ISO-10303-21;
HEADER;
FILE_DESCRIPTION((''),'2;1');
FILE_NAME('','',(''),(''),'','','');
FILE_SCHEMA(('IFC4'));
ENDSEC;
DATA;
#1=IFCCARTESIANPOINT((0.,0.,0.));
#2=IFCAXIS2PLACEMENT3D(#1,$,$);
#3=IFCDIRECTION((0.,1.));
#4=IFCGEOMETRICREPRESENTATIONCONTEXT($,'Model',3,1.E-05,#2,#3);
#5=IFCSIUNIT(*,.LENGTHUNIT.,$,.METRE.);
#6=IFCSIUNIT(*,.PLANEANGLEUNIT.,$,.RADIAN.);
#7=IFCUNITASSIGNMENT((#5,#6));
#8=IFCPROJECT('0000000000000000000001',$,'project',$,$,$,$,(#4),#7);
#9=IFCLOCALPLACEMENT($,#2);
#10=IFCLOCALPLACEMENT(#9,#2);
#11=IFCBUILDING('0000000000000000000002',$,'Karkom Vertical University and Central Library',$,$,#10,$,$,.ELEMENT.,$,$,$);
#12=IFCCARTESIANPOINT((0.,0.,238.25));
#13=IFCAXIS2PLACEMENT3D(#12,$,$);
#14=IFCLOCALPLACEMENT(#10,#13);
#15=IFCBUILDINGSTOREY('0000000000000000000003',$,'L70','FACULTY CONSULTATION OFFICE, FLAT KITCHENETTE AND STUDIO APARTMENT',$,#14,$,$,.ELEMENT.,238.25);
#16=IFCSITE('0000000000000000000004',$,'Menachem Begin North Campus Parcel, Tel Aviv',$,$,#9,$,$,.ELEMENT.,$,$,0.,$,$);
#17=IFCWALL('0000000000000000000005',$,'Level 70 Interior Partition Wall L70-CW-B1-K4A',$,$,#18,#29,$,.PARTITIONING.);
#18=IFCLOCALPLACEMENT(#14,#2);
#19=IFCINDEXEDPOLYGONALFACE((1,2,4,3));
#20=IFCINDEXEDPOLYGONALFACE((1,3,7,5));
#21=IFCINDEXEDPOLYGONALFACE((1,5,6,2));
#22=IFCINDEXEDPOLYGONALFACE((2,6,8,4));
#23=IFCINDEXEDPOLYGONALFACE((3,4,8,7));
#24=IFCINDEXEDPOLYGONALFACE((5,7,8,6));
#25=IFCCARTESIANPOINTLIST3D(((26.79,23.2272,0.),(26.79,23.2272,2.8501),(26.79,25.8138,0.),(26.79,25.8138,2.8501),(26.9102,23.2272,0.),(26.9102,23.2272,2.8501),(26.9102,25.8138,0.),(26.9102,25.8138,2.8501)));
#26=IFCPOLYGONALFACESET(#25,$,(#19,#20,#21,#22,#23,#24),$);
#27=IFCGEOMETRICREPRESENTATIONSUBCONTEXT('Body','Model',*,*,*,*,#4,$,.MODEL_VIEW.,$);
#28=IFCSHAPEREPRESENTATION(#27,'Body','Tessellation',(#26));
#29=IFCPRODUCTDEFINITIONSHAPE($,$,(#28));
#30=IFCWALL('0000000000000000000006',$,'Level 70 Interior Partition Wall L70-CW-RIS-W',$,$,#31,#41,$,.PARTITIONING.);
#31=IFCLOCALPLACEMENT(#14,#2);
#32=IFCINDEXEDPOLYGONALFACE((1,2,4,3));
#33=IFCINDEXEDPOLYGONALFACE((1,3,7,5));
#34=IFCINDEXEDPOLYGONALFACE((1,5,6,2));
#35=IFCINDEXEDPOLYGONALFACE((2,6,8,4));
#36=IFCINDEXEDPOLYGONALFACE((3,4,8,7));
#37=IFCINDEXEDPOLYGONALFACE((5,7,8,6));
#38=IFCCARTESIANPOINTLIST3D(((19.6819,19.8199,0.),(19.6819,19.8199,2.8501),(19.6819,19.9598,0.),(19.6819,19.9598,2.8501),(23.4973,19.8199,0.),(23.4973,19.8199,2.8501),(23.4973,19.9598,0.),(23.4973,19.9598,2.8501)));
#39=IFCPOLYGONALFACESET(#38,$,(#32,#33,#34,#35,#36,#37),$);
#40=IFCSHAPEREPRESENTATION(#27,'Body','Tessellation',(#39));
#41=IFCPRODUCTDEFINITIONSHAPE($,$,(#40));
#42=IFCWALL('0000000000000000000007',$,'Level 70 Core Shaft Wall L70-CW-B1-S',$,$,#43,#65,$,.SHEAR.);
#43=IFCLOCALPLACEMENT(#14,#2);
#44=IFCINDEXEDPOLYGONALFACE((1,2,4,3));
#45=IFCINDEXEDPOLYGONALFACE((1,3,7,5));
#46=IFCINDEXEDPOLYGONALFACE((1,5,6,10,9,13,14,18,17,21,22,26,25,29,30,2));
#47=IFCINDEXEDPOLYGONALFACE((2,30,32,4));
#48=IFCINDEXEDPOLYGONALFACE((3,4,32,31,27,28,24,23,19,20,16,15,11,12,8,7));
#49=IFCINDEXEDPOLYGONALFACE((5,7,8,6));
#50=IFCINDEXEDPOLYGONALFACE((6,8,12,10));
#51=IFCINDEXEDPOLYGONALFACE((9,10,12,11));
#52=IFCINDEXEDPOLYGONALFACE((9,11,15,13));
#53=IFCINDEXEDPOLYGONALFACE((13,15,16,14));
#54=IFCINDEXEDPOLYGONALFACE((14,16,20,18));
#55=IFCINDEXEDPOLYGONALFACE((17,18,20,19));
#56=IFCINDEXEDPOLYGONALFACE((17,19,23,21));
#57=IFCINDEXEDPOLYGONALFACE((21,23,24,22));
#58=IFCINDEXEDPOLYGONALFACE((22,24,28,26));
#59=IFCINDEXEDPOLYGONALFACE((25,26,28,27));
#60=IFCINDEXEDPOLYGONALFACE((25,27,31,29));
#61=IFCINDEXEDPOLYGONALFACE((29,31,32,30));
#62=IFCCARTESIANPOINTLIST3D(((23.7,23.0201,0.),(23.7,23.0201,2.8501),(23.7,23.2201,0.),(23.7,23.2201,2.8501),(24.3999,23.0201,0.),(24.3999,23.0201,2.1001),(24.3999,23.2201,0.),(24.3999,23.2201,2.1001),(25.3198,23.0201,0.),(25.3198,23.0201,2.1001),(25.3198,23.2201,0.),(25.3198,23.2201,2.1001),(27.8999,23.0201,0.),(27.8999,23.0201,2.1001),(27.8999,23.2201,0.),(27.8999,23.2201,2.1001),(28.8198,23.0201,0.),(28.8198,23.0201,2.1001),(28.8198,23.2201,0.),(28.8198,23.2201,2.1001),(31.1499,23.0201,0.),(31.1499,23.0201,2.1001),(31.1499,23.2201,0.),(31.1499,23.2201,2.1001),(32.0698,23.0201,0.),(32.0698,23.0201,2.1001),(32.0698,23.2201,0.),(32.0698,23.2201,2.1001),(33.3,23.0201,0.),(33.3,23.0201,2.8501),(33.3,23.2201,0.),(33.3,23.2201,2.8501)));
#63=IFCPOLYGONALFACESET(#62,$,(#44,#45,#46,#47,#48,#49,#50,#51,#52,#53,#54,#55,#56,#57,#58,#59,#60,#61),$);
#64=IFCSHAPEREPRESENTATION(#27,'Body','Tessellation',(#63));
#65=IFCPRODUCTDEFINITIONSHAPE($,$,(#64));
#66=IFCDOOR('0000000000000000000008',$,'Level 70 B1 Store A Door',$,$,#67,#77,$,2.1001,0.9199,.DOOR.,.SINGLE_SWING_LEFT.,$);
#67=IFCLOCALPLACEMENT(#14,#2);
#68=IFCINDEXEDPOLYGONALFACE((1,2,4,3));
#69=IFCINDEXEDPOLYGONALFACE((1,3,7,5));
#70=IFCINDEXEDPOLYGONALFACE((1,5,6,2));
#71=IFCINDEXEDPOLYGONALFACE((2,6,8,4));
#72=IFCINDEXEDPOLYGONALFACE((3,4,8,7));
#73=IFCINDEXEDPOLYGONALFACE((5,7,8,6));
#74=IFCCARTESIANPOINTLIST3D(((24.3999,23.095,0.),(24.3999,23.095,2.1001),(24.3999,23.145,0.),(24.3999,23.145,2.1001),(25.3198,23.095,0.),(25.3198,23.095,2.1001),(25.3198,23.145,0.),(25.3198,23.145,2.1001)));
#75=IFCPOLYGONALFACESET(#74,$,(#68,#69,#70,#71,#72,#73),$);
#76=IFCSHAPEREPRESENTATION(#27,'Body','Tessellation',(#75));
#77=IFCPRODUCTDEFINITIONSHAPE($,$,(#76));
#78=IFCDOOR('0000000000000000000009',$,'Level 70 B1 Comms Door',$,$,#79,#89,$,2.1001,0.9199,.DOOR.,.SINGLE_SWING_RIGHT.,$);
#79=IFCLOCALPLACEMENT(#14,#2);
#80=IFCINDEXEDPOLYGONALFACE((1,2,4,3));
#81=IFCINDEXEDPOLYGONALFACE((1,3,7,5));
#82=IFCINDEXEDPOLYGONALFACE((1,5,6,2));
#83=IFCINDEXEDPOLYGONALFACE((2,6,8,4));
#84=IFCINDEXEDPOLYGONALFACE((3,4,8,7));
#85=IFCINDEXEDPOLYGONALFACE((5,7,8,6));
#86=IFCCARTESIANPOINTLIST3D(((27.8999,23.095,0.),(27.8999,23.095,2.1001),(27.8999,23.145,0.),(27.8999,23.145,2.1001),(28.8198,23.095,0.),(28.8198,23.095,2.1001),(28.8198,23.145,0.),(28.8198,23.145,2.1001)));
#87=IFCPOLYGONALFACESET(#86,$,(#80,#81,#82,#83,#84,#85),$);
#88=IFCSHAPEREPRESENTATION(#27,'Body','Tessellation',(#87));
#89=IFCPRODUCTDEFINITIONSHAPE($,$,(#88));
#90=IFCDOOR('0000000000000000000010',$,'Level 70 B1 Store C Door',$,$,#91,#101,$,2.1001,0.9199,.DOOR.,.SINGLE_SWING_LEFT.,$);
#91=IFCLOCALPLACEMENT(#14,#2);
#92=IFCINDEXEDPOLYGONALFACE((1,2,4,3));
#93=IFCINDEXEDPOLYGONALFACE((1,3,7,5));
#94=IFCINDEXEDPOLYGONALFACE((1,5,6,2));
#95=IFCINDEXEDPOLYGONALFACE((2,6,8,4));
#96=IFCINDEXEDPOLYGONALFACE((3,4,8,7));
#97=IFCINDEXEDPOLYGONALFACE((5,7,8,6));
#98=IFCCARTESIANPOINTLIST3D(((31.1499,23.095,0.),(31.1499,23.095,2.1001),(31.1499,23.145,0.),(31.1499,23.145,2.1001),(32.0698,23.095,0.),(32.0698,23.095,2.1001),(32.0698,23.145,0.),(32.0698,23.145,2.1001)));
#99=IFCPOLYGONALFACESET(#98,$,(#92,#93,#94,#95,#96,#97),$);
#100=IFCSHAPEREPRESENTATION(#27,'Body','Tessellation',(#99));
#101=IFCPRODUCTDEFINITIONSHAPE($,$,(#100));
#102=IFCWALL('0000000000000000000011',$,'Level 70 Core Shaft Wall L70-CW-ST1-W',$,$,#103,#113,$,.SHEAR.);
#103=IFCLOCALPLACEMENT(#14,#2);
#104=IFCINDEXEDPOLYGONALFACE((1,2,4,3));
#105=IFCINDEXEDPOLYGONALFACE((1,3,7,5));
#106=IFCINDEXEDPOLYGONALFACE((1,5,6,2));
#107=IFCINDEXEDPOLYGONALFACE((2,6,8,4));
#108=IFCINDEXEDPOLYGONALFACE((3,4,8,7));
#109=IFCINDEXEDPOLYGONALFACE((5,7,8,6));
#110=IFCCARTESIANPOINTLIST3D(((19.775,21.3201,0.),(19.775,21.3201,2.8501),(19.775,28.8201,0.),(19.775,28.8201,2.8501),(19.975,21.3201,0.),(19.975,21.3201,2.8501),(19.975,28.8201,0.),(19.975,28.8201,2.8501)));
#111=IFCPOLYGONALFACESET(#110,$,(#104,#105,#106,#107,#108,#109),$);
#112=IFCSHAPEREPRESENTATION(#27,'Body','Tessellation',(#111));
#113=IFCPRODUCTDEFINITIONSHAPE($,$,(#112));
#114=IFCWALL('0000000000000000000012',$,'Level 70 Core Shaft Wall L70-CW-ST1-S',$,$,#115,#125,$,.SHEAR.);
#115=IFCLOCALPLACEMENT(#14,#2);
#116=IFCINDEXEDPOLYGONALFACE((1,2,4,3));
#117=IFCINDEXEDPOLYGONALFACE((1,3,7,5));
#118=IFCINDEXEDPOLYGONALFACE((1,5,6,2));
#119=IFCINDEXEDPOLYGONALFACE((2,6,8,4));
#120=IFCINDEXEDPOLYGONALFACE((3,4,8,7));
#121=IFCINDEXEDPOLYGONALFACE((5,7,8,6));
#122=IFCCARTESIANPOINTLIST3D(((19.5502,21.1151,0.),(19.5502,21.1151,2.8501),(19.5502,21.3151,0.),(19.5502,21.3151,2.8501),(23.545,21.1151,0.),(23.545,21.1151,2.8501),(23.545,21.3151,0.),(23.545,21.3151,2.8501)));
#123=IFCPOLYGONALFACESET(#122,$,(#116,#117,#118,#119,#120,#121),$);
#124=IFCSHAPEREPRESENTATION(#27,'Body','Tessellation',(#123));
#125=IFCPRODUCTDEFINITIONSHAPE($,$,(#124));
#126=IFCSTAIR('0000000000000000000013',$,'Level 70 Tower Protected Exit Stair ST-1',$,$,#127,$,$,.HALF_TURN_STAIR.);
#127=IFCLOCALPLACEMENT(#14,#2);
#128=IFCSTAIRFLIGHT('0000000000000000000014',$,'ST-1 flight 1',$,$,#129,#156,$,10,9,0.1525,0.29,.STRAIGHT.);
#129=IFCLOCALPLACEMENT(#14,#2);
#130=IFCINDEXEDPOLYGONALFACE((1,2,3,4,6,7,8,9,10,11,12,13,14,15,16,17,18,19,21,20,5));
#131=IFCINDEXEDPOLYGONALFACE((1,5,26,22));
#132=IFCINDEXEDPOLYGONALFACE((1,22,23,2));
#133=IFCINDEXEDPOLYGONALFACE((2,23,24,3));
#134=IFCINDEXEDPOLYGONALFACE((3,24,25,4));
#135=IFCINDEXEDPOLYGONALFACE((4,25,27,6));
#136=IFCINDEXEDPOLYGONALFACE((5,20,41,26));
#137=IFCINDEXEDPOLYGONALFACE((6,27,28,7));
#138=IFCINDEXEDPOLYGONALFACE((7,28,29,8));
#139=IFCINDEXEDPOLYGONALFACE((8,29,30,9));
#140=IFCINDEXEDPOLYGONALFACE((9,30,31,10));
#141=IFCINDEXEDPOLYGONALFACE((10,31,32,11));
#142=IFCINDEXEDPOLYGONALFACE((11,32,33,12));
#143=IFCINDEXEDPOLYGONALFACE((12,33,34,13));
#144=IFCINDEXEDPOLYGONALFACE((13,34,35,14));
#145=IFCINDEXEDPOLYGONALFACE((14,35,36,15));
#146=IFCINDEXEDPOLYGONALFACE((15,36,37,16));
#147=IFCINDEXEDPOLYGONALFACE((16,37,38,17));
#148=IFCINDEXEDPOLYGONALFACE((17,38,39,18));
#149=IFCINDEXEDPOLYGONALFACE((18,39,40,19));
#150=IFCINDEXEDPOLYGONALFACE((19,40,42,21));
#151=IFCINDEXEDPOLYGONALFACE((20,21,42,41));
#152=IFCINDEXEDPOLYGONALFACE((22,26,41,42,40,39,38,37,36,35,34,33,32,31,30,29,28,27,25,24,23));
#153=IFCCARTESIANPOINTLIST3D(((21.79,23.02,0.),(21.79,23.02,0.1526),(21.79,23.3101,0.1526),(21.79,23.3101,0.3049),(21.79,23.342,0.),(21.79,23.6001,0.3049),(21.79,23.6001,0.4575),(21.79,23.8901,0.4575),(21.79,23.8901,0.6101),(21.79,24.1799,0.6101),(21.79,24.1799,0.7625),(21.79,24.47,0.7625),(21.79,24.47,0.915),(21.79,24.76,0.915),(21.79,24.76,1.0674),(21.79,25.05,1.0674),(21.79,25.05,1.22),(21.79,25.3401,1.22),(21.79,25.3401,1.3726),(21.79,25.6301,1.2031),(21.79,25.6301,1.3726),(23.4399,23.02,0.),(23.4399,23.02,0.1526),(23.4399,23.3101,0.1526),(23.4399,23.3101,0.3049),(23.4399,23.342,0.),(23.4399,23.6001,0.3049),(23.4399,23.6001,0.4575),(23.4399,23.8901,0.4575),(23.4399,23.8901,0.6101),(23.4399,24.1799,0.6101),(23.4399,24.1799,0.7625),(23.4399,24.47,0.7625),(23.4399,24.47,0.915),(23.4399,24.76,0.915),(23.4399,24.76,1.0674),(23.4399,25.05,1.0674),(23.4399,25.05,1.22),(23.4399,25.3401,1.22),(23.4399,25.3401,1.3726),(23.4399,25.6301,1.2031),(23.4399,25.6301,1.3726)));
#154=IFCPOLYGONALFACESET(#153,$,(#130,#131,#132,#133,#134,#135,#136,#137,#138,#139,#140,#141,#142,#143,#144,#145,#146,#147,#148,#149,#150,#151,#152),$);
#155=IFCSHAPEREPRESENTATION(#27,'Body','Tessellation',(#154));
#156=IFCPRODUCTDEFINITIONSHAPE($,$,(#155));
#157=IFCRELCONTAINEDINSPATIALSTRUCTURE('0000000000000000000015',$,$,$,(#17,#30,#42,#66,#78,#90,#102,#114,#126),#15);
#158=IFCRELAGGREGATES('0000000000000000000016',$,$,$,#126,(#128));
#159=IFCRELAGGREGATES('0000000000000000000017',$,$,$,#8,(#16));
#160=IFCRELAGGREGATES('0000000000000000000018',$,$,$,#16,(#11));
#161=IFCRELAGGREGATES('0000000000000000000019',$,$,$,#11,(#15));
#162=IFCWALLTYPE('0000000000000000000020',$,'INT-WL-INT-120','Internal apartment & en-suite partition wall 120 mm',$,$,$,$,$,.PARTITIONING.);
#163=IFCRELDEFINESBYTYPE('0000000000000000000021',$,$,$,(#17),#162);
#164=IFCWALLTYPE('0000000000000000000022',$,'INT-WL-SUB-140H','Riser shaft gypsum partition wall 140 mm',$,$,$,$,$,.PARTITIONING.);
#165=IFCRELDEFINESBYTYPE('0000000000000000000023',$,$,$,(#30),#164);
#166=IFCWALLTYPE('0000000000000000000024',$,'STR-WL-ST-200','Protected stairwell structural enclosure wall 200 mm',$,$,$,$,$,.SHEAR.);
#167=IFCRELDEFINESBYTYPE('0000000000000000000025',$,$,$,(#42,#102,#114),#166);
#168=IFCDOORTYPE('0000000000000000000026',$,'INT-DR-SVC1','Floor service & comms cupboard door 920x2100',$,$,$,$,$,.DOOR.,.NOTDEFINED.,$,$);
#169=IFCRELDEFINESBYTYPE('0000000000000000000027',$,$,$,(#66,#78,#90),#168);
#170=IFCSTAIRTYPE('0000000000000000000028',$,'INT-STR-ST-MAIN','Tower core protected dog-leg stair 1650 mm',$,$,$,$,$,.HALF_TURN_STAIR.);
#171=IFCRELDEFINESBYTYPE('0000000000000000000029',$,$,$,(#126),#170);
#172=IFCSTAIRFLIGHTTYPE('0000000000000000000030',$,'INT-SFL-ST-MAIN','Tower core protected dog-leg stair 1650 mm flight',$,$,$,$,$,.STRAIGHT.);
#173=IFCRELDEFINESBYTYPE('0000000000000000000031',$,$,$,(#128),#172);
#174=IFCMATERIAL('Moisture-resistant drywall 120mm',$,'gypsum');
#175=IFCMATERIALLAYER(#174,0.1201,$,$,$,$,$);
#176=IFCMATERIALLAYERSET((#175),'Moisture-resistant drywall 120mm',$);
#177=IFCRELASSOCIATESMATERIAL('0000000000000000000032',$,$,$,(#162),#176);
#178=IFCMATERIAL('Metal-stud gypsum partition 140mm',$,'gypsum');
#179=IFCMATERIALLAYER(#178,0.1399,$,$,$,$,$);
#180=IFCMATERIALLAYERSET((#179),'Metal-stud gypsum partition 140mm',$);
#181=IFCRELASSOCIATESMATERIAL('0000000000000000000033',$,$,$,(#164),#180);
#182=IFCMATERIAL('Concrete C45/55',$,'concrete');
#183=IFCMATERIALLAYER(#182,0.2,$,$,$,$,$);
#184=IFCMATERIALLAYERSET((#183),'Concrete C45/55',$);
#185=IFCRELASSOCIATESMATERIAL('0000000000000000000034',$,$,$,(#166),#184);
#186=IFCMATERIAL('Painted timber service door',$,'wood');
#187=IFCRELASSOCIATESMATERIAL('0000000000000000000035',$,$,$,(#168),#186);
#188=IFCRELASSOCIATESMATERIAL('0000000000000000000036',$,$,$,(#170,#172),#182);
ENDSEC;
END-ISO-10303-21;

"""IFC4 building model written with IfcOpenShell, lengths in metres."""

from ifc_helpers import new_model, si_unit, direction, frame, frame_2d, origin, origin_with_axes, place, context, subcontext, project, spatial, polyline, rectangle, outline, extrude, source, transform, mapped, material, layer, layer_set, type_object, element, fill, aggregate, save


model = new_model("IFC4")

# Units and contexts
model_context = context("Model", 3, precision=1e-05, world=origin(), true_north=direction((0.0, 1.0)))
body_context = subcontext(model_context, "Body", "Model", "MODEL_VIEW")
ifc_project = project(units=[si_unit("LENGTHUNIT", "METRE"), si_unit("PLANEANGLEUNIT", "RADIAN")], contexts=[model_context])

# Site, building, storey
site_placement = place(None, origin())
site = spatial("IfcSite", under=ifc_project, at=site_placement, Name="Menachem Begin North Campus Parcel, Tel Aviv", CompositionType="ELEMENT", RefElevation=0.0)
building_placement = place(site_placement, origin())
building = spatial("IfcBuilding", under=site, at=building_placement, Name="Karkom Vertical University and Central Library", CompositionType="ELEMENT")
storey_placement = place(building_placement, frame((0.0, 0.0, 238.25)))
storey = spatial("IfcBuildingStorey", under=building, at=storey_placement, Name="L70", Description="FACULTY CONSULTATION OFFICE, FLAT KITCHENETTE AND STUDIO APARTMENT", CompositionType="ELEMENT", Elevation=238.25)

# Walls
ifc_material_1 = material(Name="Moisture-resistant drywall 120mm", Category="gypsum")
ifc_layer_1 = layer(ifc_material_1, 0.1201)
ifc_layer_set_1 = layer_set([ifc_layer_1], Name="Moisture-resistant drywall 120mm")
wall_type_1 = type_object("IfcWallType", Name="INT-WL-INT-120", Description="Internal apartment & en-suite partition wall 120 mm", PredefinedType="PARTITIONING", material=ifc_layer_set_1)
wall_1_placement = place(storey_placement, frame((26.8501, 23.2271, 0.0), z_axis=(0.0, 0.0, 1.0), x_axis=(0.0, 1.0, 0.0)))
element("IfcWall", 1, at=wall_1_placement, inside=storey, type_object=wall_type_1, Name="Level 70 Interior Partition Wall L70-CW-B1-K4A", PredefinedType="PARTITIONING", context=body_context, shape_type="SweptSolid", body=[
    extrude(rectangle(XDim=2.5867, YDim=0.1201, at=frame_2d((1.2935, 0.0))), origin(), (0.0, 0.0, 1.0), 2.8501),
])
ifc_material_2 = material(Name="Metal-stud gypsum partition 140mm", Category="gypsum")
ifc_layer_2 = layer(ifc_material_2, 0.1399)
ifc_layer_set_2 = layer_set([ifc_layer_2], Name="Metal-stud gypsum partition 140mm")
wall_type_2 = type_object("IfcWallType", Name="INT-WL-SUB-140H", Description="Riser shaft gypsum partition wall 140 mm", PredefinedType="PARTITIONING", material=ifc_layer_set_2)
wall_2_placement = place(storey_placement, frame((19.6819, 19.8899, 0.0), z_axis=(0.0, 0.0, 1.0), x_axis=(1.0, 0.0, 0.0)))
element("IfcWall", 2, at=wall_2_placement, inside=storey, type_object=wall_type_2, Name="Level 70 Interior Partition Wall L70-CW-RIS-W", PredefinedType="PARTITIONING", context=body_context, shape_type="SweptSolid", body=[
    extrude(rectangle(XDim=3.8154, YDim=0.1399, at=frame_2d((1.9077, 0.0))), origin(), (0.0, 0.0, 1.0), 2.8501),
])

# Wall, openings, doors
ifc_material_3 = material(Name="Concrete C45/55", Category="concrete")
ifc_layer_3 = layer(ifc_material_3, 0.2)
ifc_layer_set_3 = layer_set([ifc_layer_3], Name="Concrete C45/55")
wall_type_3 = type_object("IfcWallType", Name="STR-WL-ST-200", Description="Protected stairwell structural enclosure wall 200 mm", PredefinedType="SHEAR", material=ifc_layer_set_3)
wall_3_placement = place(storey_placement, frame((23.7, 23.1201, 0.0), z_axis=(0.0, 0.0, 1.0), x_axis=(1.0, 0.0, 0.0)))
wall_3 = element("IfcWall", 3, at=wall_3_placement, inside=storey, type_object=wall_type_3, Name="Level 70 Core Shaft Wall L70-CW-B1-S", PredefinedType="SHEAR", context=body_context, shape_type="SweptSolid", body=[
    extrude(rectangle(XDim=9.6001, YDim=0.2, at=frame_2d((4.8, 0.0))), origin(), (0.0, 0.0, 1.0), 2.8501),
])
opening_1_placement = place(wall_3_placement, frame((0.7, 0.0, 0.0)))
opening_1 = element("IfcOpeningElement", 4, at=opening_1_placement, cuts=wall_3, PredefinedType="OPENING", context=body_context, shape_type="SweptSolid", body=[
    extrude(rectangle(XDim=0.9199, YDim=2.1001, at=frame_2d((0.46, 1.05))), frame((0.0, 0.1099, 0.0), z_axis=(0.0, -1.0, 0.0), x_axis=(1.0, 0.0, 0.0)), (0.0, 0.0, 1.0), 0.22),
])
opening_2_placement = place(wall_3_placement, frame((4.2, 0.0, 0.0)))
opening_2 = element("IfcOpeningElement", 5, at=opening_2_placement, cuts=wall_3, PredefinedType="OPENING", context=body_context, shape_type="SweptSolid", body=[
    extrude(rectangle(XDim=0.9199, YDim=2.1001, at=frame_2d((0.46, 1.05))), frame((0.0, 0.1099, 0.0), z_axis=(0.0, -1.0, 0.0), x_axis=(1.0, 0.0, 0.0)), (0.0, 0.0, 1.0), 0.22),
])
opening_3_placement = place(wall_3_placement, frame((7.45, 0.0, 0.0)))
opening_3 = element("IfcOpeningElement", 6, at=opening_3_placement, cuts=wall_3, PredefinedType="OPENING", context=body_context, shape_type="SweptSolid", body=[
    extrude(rectangle(XDim=0.9199, YDim=2.1001, at=frame_2d((0.46, 1.05))), frame((0.0, 0.1099, 0.0), z_axis=(0.0, -1.0, 0.0), x_axis=(1.0, 0.0, 0.0)), (0.0, 0.0, 1.0), 0.22),
])
ifc_material_4 = material(Name="Painted timber service door", Category="wood")
door_type_1 = type_object("IfcDoorType", Name="INT-DR-SVC1", Description="Floor service & comms cupboard door 920x2100", OperationType="NOTDEFINED", PredefinedType="DOOR", material=ifc_material_4)
shared_shape_1 = source(origin_with_axes(), body_context, "Body", "SweptSolid", [
    extrude(rectangle(XDim=0.9199, YDim=2.1001, at=frame_2d((0.46, 1.05))), frame((0.0, 0.0249, 0.0), z_axis=(0.0, -1.0, 0.0), x_axis=(1.0, 0.0, 0.0)), (0.0, 0.0, 1.0), 0.05),
])
door_1_placement = place(opening_1_placement, origin())
door_1 = element("IfcDoor", 7, at=door_1_placement, inside=storey, type_object=door_type_1, Name="Level 70 B1 Store A Door", OperationType="SINGLE_SWING_LEFT", OverallHeight=2.1001, OverallWidth=0.9199, PredefinedType="DOOR", context=body_context, shape_type="MappedRepresentation", body=[
    mapped(shared_shape_1, transform((0.0, 0.0, 0.0), scale=1.0)),
])
fill(opening_1, door_1)
door_2_placement = place(opening_2_placement, origin())
door_2 = element("IfcDoor", 8, at=door_2_placement, inside=storey, type_object=door_type_1, Name="Level 70 B1 Comms Door", OperationType="SINGLE_SWING_RIGHT", OverallHeight=2.1001, OverallWidth=0.9199, PredefinedType="DOOR", context=body_context, shape_type="MappedRepresentation", body=[
    mapped(shared_shape_1, transform((0.0, 0.0, 0.0), scale=1.0)),
])
fill(opening_2, door_2)
door_3_placement = place(opening_3_placement, origin())
door_3 = element("IfcDoor", 9, at=door_3_placement, inside=storey, type_object=door_type_1, Name="Level 70 B1 Store C Door", OperationType="SINGLE_SWING_LEFT", OverallHeight=2.1001, OverallWidth=0.9199, PredefinedType="DOOR", context=body_context, shape_type="MappedRepresentation", body=[
    mapped(shared_shape_1, transform((0.0, 0.0, 0.0), scale=1.0)),
])
fill(opening_3, door_3)

# Walls
wall_4_placement = place(storey_placement, frame((19.875, 21.3201, 0.0), z_axis=(0.0, 0.0, 1.0), x_axis=(0.0, 1.0, 0.0)))
element("IfcWall", 10, at=wall_4_placement, inside=storey, type_object=wall_type_3, Name="Level 70 Core Shaft Wall L70-CW-ST1-W", PredefinedType="SHEAR", context=body_context, shape_type="SweptSolid", body=[
    extrude(rectangle(XDim=7.5, YDim=0.2, at=frame_2d((3.75, 0.0))), origin(), (0.0, 0.0, 1.0), 2.8501),
])
wall_5_placement = place(storey_placement, frame((19.55, 21.2151, 0.0), z_axis=(0.0, 0.0, 1.0), x_axis=(1.0, 0.0, 0.0)))
element("IfcWall", 11, at=wall_5_placement, inside=storey, type_object=wall_type_3, Name="Level 70 Core Shaft Wall L70-CW-ST1-S", PredefinedType="SHEAR", context=body_context, shape_type="SweptSolid", body=[
    extrude(rectangle(XDim=3.9949, YDim=0.2, at=frame_2d((1.9976, 0.0))), origin(), (0.0, 0.0, 1.0), 2.8501),
])

# Stair, stair flight
stair_type = type_object("IfcStairType", Name="INT-STR-ST-MAIN", Description="Tower core protected dog-leg stair 1650 mm", PredefinedType="HALF_TURN_STAIR", material=ifc_material_3)
stair_placement = place(storey_placement, origin())
stair = element("IfcStair", 12, at=stair_placement, inside=storey, type_object=stair_type, Name="Level 70 Tower Protected Exit Stair ST-1", PredefinedType="HALF_TURN_STAIR")
stair_flight_type = type_object("IfcStairFlightType", Name="INT-SFL-ST-MAIN", Description="Tower core protected dog-leg stair 1650 mm flight", PredefinedType="STRAIGHT", material=ifc_material_3)
stair_flight_placement = place(storey_placement, frame((22.615, 23.02, 0.0), z_axis=(0.0, 0.0, 1.0), x_axis=(0.0, 1.0, 0.0)))
stair_flight = element("IfcStairFlight", 13, at=stair_flight_placement, type_object=stair_flight_type, Name="ST-1 flight 1", NumberOfRisers=10, NumberOfTreads=9, PredefinedType="STRAIGHT", RiserHeight=0.1525, TreadLength=0.29, context=body_context, shape_type="SweptSolid", body=[
    extrude(outline(polyline([(0.0, 0.0), (0.0, 0.1526), (0.29, 0.1526), (0.29, 0.3049), (0.5801, 0.3049), (0.5801, 0.4575), (0.8701, 0.4575), (0.8701, 0.6101), (1.1599, 0.6101), (1.1599, 0.7625), (1.45, 0.7625), (1.45, 0.915), (1.74, 0.915), (1.74, 1.0674), (2.03, 1.0674), (2.03, 1.22), (2.3201, 1.22), (2.3201, 1.3726), (2.6101, 1.3726), (2.6101, 1.5249), (2.6101, 1.2031), (0.322, 0.0), (0.0, 0.0)])), frame((0.0, 0.825, 0.0), z_axis=(0.0, -1.0, 0.0), x_axis=(1.0, 0.0, 0.0)), (0.0, 0.0, 1.0), 1.6499),
])
aggregate(stair, [stair_flight])

save(model, "model.ifc")
